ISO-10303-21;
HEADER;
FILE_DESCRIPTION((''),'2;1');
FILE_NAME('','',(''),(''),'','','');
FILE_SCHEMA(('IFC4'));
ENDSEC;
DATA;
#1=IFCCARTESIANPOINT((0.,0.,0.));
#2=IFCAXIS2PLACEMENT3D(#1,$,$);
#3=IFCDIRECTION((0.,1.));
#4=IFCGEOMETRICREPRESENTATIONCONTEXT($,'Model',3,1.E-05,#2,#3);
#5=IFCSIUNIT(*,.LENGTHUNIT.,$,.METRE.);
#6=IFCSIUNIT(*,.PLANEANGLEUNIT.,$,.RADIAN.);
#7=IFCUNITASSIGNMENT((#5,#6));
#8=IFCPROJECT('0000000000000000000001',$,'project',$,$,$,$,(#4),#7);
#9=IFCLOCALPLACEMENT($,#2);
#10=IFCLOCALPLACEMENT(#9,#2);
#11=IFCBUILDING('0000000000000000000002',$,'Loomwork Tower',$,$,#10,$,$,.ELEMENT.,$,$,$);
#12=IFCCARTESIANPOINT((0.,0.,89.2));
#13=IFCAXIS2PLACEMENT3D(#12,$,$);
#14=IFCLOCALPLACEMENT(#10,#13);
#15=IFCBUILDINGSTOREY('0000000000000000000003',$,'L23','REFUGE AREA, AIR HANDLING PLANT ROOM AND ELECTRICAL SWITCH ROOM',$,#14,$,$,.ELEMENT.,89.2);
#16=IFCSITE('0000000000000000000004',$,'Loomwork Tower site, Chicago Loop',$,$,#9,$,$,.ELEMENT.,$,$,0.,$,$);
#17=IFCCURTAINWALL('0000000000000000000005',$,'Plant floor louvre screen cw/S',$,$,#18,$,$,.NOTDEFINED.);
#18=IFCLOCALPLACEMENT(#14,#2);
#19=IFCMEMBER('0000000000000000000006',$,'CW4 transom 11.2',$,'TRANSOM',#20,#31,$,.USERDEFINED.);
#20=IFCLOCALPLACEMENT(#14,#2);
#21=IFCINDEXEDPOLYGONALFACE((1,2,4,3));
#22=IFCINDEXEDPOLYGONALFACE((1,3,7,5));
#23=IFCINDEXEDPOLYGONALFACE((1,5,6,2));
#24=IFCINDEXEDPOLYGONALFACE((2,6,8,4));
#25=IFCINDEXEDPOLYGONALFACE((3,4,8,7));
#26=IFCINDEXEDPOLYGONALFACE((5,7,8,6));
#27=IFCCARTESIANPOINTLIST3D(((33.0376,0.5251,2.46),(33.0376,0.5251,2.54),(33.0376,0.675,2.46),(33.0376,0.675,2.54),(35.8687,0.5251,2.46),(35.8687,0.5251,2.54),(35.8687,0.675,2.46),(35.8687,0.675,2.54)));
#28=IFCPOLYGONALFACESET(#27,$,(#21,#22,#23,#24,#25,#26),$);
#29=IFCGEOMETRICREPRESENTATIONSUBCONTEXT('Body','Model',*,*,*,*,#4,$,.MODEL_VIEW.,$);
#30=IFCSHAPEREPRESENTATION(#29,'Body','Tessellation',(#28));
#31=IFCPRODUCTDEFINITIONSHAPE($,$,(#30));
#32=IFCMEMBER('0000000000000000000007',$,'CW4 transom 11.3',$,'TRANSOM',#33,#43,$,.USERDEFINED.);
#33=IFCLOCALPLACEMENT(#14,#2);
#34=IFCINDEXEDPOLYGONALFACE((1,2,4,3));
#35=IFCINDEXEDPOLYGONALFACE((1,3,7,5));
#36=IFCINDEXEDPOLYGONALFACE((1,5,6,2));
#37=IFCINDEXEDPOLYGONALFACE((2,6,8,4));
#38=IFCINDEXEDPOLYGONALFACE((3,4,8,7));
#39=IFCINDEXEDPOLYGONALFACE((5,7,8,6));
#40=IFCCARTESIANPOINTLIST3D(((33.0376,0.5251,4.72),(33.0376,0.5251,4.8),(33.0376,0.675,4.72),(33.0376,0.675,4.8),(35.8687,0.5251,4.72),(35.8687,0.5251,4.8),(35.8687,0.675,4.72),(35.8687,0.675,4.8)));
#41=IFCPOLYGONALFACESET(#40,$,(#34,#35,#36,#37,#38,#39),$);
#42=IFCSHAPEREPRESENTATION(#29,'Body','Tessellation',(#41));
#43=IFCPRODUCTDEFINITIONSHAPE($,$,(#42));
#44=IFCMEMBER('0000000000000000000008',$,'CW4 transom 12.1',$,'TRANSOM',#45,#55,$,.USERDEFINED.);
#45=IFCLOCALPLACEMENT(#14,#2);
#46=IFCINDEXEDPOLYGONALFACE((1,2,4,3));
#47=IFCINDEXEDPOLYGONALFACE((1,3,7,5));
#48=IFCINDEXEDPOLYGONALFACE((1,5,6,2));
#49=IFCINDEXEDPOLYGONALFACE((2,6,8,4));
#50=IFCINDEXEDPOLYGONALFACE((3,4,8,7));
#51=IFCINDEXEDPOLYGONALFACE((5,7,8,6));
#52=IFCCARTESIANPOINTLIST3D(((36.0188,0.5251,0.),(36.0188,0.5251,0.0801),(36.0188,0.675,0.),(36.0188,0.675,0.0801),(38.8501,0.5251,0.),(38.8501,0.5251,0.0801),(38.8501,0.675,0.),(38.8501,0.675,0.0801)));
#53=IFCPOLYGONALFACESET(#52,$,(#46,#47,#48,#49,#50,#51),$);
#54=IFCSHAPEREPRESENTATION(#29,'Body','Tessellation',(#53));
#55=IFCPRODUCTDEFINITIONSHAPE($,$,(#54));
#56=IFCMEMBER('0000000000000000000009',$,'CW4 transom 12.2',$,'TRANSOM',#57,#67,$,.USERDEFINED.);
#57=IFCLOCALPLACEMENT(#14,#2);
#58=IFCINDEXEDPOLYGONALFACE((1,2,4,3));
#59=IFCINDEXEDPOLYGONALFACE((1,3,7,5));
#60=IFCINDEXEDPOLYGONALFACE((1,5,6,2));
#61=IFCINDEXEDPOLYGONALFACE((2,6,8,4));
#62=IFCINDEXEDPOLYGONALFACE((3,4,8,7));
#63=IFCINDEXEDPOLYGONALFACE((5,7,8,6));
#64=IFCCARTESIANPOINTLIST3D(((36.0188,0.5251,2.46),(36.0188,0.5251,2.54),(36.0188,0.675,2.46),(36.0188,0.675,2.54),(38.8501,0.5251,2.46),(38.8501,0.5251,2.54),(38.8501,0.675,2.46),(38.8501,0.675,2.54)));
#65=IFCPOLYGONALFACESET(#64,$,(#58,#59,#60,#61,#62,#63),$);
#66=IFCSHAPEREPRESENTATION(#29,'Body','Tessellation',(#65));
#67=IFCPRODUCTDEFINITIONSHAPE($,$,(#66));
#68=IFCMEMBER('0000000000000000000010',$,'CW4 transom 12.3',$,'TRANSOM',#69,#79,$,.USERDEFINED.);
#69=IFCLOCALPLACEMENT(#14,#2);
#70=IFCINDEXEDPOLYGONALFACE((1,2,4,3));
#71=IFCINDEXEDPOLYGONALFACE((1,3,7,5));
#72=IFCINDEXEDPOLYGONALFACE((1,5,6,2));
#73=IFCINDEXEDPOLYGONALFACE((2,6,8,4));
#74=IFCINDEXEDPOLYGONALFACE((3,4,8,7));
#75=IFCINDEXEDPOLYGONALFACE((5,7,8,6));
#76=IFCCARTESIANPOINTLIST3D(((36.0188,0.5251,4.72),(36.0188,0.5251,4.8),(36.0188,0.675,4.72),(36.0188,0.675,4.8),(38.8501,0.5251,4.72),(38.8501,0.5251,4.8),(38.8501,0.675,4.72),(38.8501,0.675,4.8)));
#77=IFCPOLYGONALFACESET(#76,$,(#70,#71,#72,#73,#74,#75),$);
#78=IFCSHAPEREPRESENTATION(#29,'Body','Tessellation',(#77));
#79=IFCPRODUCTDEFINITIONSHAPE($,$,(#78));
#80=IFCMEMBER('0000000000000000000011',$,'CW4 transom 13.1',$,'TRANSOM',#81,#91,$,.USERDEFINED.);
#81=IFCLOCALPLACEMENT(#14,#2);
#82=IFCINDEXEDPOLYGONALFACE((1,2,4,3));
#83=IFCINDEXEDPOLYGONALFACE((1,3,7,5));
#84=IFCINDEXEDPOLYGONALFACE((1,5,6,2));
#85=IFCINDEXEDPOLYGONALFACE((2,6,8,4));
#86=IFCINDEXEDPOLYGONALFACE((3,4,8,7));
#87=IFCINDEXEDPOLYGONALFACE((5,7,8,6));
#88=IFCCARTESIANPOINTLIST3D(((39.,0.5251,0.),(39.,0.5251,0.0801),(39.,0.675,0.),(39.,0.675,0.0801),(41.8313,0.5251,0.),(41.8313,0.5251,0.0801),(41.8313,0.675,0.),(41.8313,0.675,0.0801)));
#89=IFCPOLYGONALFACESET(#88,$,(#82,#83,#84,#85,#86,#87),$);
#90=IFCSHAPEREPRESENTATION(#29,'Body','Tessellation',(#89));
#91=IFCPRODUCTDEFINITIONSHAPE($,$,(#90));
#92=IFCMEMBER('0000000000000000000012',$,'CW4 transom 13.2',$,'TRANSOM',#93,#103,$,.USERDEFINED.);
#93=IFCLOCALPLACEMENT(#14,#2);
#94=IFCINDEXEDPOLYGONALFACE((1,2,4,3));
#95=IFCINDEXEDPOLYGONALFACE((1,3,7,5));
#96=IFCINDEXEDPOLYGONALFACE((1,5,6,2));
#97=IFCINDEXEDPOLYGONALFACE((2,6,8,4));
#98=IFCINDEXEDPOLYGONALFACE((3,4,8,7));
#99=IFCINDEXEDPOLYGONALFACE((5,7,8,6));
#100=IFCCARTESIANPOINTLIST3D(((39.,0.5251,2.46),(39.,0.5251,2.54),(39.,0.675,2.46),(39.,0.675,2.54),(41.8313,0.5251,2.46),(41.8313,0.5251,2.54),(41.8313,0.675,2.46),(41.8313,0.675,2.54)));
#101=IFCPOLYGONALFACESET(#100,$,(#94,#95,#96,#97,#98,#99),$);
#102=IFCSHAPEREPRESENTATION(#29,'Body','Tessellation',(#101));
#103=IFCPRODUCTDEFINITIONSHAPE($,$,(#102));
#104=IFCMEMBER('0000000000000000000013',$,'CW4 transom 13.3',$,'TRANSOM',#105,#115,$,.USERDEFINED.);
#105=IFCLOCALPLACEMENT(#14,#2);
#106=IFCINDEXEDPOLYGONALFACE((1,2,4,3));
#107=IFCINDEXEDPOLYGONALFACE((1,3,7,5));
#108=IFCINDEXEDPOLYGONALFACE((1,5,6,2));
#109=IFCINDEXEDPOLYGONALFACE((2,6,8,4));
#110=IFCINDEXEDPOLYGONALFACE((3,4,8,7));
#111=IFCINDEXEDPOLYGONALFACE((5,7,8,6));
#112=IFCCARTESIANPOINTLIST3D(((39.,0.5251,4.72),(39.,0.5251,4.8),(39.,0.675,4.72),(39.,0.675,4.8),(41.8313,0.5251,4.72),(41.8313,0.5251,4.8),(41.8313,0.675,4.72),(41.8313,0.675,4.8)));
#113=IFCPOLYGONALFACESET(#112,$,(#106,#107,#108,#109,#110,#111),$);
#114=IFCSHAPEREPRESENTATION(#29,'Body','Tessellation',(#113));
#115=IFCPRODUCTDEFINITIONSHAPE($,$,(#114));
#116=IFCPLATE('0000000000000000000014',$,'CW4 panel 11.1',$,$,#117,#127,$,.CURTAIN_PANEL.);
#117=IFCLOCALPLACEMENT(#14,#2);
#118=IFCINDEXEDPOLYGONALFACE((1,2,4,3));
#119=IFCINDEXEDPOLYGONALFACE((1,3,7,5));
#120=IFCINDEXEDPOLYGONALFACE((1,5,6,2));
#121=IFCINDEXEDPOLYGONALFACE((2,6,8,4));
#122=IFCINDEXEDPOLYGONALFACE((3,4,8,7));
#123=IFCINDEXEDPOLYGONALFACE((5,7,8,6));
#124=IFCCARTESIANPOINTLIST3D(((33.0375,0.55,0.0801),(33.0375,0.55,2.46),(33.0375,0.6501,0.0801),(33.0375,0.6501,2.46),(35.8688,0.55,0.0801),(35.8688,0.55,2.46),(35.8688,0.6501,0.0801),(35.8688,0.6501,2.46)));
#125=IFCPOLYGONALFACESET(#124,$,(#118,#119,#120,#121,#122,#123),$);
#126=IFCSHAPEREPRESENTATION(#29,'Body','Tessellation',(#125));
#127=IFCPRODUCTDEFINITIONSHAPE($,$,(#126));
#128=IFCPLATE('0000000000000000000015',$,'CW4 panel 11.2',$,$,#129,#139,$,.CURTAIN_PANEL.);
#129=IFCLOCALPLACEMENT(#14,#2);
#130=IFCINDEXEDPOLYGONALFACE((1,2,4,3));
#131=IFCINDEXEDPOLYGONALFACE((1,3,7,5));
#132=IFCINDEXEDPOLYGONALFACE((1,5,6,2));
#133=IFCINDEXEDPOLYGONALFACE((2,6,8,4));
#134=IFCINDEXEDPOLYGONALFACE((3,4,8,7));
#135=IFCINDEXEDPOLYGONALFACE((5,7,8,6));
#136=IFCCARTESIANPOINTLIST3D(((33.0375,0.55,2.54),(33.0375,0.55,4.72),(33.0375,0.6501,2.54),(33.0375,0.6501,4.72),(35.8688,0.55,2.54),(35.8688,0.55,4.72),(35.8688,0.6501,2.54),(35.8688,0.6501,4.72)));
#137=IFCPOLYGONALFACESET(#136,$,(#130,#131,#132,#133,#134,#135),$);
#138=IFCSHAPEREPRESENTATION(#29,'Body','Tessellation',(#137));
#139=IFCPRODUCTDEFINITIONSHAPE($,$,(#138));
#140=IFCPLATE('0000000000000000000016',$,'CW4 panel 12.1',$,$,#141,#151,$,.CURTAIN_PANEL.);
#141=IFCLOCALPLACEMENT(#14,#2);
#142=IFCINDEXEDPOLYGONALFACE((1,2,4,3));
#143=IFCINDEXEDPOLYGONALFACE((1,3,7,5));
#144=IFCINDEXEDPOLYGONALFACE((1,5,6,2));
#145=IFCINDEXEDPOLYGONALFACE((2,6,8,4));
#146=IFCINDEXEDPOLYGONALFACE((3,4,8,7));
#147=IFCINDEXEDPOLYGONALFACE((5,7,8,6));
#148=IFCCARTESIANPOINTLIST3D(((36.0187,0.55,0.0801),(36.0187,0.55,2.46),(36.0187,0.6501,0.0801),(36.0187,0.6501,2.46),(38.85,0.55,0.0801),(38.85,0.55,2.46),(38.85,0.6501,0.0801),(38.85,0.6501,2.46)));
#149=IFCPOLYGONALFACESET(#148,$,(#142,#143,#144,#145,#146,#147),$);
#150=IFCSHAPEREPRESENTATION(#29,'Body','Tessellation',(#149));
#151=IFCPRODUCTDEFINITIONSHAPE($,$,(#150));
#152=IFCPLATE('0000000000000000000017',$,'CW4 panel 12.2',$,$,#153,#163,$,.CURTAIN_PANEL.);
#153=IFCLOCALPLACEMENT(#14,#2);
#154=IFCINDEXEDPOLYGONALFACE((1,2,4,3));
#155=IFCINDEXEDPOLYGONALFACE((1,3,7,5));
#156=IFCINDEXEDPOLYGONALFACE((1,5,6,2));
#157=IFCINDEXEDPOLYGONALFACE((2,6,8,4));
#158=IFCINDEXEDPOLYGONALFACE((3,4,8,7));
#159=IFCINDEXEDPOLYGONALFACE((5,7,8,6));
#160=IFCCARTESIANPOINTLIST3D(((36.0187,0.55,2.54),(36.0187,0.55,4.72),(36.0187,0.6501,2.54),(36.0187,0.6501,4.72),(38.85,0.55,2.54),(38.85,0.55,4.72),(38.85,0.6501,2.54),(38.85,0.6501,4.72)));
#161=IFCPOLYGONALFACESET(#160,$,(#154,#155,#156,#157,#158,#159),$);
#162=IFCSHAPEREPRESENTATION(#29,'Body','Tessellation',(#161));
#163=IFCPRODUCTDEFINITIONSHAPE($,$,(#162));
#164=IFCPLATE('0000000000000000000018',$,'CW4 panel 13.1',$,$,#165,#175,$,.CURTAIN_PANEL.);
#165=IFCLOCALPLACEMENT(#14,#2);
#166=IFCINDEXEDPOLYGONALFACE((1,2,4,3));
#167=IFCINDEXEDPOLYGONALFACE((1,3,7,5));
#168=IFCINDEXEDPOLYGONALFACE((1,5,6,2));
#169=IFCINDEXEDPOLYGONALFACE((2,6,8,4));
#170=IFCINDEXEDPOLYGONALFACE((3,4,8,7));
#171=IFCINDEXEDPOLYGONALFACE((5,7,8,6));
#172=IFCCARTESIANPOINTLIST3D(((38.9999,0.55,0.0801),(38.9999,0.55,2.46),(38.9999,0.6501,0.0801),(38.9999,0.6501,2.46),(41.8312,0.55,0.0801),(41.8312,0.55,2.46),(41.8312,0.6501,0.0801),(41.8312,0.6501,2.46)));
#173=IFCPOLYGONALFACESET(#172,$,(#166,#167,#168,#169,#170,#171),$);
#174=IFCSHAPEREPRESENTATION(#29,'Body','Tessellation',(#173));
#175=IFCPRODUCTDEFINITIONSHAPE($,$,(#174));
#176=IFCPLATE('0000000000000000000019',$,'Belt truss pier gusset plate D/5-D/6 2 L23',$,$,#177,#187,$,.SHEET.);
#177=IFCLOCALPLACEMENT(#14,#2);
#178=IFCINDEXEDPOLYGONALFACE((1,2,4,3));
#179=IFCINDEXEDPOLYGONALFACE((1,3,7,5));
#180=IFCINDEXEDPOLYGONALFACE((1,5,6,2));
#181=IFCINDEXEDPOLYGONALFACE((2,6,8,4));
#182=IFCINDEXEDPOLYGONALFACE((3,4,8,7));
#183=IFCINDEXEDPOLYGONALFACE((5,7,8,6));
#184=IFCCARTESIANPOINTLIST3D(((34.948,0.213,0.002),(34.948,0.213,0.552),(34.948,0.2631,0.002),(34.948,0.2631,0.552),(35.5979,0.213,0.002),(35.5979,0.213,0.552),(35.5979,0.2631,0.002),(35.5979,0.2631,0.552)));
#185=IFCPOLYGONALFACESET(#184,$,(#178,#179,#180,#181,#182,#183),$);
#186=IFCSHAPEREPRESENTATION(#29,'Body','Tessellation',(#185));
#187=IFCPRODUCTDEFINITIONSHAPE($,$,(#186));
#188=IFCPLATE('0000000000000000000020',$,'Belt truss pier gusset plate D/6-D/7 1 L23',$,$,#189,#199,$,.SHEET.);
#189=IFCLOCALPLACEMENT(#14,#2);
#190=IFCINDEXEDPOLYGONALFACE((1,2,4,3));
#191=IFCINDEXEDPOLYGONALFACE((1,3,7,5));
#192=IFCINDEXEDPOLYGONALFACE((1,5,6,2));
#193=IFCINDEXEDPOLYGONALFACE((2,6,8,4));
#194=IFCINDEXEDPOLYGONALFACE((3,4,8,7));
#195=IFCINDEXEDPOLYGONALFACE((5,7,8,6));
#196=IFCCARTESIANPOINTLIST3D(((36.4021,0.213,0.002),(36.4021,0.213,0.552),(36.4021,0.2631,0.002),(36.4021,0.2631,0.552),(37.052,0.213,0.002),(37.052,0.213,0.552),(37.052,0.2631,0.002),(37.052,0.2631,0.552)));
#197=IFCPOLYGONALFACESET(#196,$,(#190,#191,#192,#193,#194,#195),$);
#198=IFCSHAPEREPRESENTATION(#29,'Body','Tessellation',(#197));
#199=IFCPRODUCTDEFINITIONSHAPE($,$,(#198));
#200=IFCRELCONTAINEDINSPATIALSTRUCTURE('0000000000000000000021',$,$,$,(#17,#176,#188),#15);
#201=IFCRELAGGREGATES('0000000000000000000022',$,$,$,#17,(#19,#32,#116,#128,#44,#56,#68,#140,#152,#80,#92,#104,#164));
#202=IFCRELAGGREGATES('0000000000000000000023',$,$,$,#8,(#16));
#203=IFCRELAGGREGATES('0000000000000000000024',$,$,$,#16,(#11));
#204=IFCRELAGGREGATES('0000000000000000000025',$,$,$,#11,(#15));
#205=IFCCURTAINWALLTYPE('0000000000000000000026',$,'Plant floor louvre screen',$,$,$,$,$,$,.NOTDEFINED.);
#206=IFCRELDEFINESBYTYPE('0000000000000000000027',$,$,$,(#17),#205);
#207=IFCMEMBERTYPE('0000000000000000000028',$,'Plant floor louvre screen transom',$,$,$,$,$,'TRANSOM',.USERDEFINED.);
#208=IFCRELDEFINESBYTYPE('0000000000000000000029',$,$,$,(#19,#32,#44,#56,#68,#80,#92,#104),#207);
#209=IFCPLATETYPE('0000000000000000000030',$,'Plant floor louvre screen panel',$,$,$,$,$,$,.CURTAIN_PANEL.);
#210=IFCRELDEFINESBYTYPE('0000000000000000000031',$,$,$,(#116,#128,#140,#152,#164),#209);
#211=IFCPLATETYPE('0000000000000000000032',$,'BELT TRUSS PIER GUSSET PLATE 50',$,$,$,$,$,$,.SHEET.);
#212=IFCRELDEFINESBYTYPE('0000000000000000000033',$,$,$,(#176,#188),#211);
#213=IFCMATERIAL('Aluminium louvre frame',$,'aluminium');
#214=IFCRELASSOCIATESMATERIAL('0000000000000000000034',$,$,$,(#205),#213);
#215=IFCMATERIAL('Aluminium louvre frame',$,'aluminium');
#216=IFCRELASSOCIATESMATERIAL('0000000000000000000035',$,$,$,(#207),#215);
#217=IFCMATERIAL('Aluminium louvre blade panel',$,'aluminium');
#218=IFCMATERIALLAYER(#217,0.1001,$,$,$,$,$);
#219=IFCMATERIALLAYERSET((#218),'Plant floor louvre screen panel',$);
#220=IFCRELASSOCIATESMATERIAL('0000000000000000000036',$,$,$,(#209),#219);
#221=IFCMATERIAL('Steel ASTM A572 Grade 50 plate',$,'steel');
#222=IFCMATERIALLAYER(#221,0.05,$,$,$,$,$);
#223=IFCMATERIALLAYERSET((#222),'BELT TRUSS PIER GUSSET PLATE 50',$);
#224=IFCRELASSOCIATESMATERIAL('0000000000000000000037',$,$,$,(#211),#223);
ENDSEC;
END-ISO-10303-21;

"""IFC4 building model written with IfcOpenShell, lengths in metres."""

from ifc_helpers import new_model, si_unit, direction, frame, origin, origin_2d, place, context, subcontext, project, spatial, rectangle, extrude, material, layer, layer_set, material_profile, profile_set, type_object, element, aggregate, save


model = new_model("IFC4")

# Units and contexts
model_context = context("Model", 3, precision=1e-05, world=origin(), true_north=direction((0.0, 1.0)))
body_context = subcontext(model_context, "Body", "Model", "MODEL_VIEW")
ifc_project = project(units=[si_unit("LENGTHUNIT", "METRE"), si_unit("PLANEANGLEUNIT", "RADIAN")], contexts=[model_context])

# Site, building, storey
site_placement = place(None, origin())
site = spatial("IfcSite", under=ifc_project, at=site_placement, Name="Loomwork Tower site, Chicago Loop", CompositionType="ELEMENT", RefElevation=0.0)
building_placement = place(site_placement, origin())
building = spatial("IfcBuilding", under=site, at=building_placement, Name="Loomwork Tower", CompositionType="ELEMENT")
storey_placement = place(building_placement, frame((0.0, 0.0, 89.2)))
storey = spatial("IfcBuildingStorey", under=building, at=storey_placement, Name="L23", Description="REFUGE AREA, AIR HANDLING PLANT ROOM AND ELECTRICAL SWITCH ROOM", CompositionType="ELEMENT", Elevation=89.2)

# Curtain wall, members, plates
ifc_material_1 = material(Name="Aluminium louvre frame", Category="aluminium")
curtain_wall_type = type_object("IfcCurtainWallType", Name="Plant floor louvre screen", PredefinedType="NOTDEFINED", material=ifc_material_1)
curtain_wall_placement = place(storey_placement, origin())
curtain_wall = element("IfcCurtainWall", 1, at=curtain_wall_placement, inside=storey, type_object=curtain_wall_type, Name="Plant floor louvre screen cw/S", PredefinedType="NOTDEFINED")
ifc_material_2 = material(Name="Aluminium louvre frame", Category="aluminium")
ifc_material_profile_1 = material_profile(ifc_material_2, rectangle(XDim=0.1499, YDim=0.0801, at=origin_2d()), Name="AL 80x150")
ifc_profile_set_1 = profile_set([ifc_material_profile_1], Name="Aluminium louvre frame")
member_type_1 = type_object("IfcMemberType", Name="Plant floor louvre screen transom", ElementType="TRANSOM", PredefinedType="USERDEFINED", material=ifc_profile_set_1)
member_1_placement = place(storey_placement, frame((33.0376, 0.6001, 2.5), z_axis=(1.0, 0.0, 0.0), x_axis=(0.0, 1.0, 0.0)))
member_1 = element("IfcMember", 2, at=member_1_placement, type_object=member_type_1, Name="CW4 transom 11.2", ObjectType="TRANSOM", PredefinedType="USERDEFINED", context=body_context, shape_type="SweptSolid", body=[
    extrude(rectangle(XDim=0.1499, YDim=0.0801, at=origin_2d()), origin(), (0.0, 0.0, 1.0), 2.8311),
])
member_2_placement = place(storey_placement, frame((33.0376, 0.6001, 4.76), z_axis=(1.0, 0.0, 0.0), x_axis=(0.0, 1.0, 0.0)))
member_2 = element("IfcMember", 3, at=member_2_placement, type_object=member_type_1, Name="CW4 transom 11.3", ObjectType="TRANSOM", PredefinedType="USERDEFINED", context=body_context, shape_type="SweptSolid", body=[
    extrude(rectangle(XDim=0.1499, YDim=0.0801, at=origin_2d()), origin(), (0.0, 0.0, 1.0), 2.8311),
])
member_3_placement = place(storey_placement, frame((36.0188, 0.6001, 0.04), z_axis=(1.0, 0.0, 0.0), x_axis=(0.0, 1.0, 0.0)))
member_3 = element("IfcMember", 4, at=member_3_placement, type_object=member_type_1, Name="CW4 transom 12.1", ObjectType="TRANSOM", PredefinedType="USERDEFINED", context=body_context, shape_type="SweptSolid", body=[
    extrude(rectangle(XDim=0.1499, YDim=0.0801, at=origin_2d()), origin(), (0.0, 0.0, 1.0), 2.8313),
])
member_4_placement = place(storey_placement, frame((36.0188, 0.6001, 2.5), z_axis=(1.0, 0.0, 0.0), x_axis=(0.0, 1.0, 0.0)))
member_4 = element("IfcMember", 5, at=member_4_placement, type_object=member_type_1, Name="CW4 transom 12.2", ObjectType="TRANSOM", PredefinedType="USERDEFINED", context=body_context, shape_type="SweptSolid", body=[
    extrude(rectangle(XDim=0.1499, YDim=0.0801, at=origin_2d()), origin(), (0.0, 0.0, 1.0), 2.8313),
])
member_5_placement = place(storey_placement, frame((36.0188, 0.6001, 4.76), z_axis=(1.0, 0.0, 0.0), x_axis=(0.0, 1.0, 0.0)))
member_5 = element("IfcMember", 6, at=member_5_placement, type_object=member_type_1, Name="CW4 transom 12.3", ObjectType="TRANSOM", PredefinedType="USERDEFINED", context=body_context, shape_type="SweptSolid", body=[
    extrude(rectangle(XDim=0.1499, YDim=0.0801, at=origin_2d()), origin(), (0.0, 0.0, 1.0), 2.8313),
])
member_6_placement = place(storey_placement, frame((39.0, 0.6001, 0.04), z_axis=(1.0, 0.0, 0.0), x_axis=(0.0, 1.0, 0.0)))
member_6 = element("IfcMember", 7, at=member_6_placement, type_object=member_type_1, Name="CW4 transom 13.1", ObjectType="TRANSOM", PredefinedType="USERDEFINED", context=body_context, shape_type="SweptSolid", body=[
    extrude(rectangle(XDim=0.1499, YDim=0.0801, at=origin_2d()), origin(), (0.0, 0.0, 1.0), 2.8313),
])
member_7_placement = place(storey_placement, frame((39.0, 0.6001, 2.5), z_axis=(1.0, 0.0, 0.0), x_axis=(0.0, 1.0, 0.0)))
member_7 = element("IfcMember", 8, at=member_7_placement, type_object=member_type_1, Name="CW4 transom 13.2", ObjectType="TRANSOM", PredefinedType="USERDEFINED", context=body_context, shape_type="SweptSolid", body=[
    extrude(rectangle(XDim=0.1499, YDim=0.0801, at=origin_2d()), origin(), (0.0, 0.0, 1.0), 2.8313),
])
member_8_placement = place(storey_placement, frame((39.0, 0.6001, 4.76), z_axis=(1.0, 0.0, 0.0), x_axis=(0.0, 1.0, 0.0)))
member_8 = element("IfcMember", 9, at=member_8_placement, type_object=member_type_1, Name="CW4 transom 13.3", ObjectType="TRANSOM", PredefinedType="USERDEFINED", context=body_context, shape_type="SweptSolid", body=[
    extrude(rectangle(XDim=0.1499, YDim=0.0801, at=origin_2d()), origin(), (0.0, 0.0, 1.0), 2.8313),
])
ifc_material_3 = material(Name="Aluminium louvre blade panel", Category="aluminium")
ifc_layer_1 = layer(ifc_material_3, 0.1001)
ifc_layer_set_1 = layer_set([ifc_layer_1], Name="Plant floor louvre screen panel")
plate_type_1 = type_object("IfcPlateType", Name="Plant floor louvre screen panel", PredefinedType="CURTAIN_PANEL", material=ifc_layer_set_1)
plate_1_placement = place(storey_placement, frame((34.4531, 0.6001, 0.0801), z_axis=(0.0, 0.0, 1.0), x_axis=(1.0, 0.0, 0.0)))
plate_1 = element("IfcPlate", 10, at=plate_1_placement, type_object=plate_type_1, Name="CW4 panel 11.1", PredefinedType="CURTAIN_PANEL", context=body_context, shape_type="SweptSolid", body=[
    extrude(rectangle(XDim=2.8313, YDim=0.1001, at=origin_2d()), origin(), (0.0, 0.0, 1.0), 2.3799),
])
plate_2_placement = place(storey_placement, frame((34.4531, 0.6001, 2.54), z_axis=(0.0, 0.0, 1.0), x_axis=(1.0, 0.0, 0.0)))
plate_2 = element("IfcPlate", 11, at=plate_2_placement, type_object=plate_type_1, Name="CW4 panel 11.2", PredefinedType="CURTAIN_PANEL", context=body_context, shape_type="SweptSolid", body=[
    extrude(rectangle(XDim=2.8313, YDim=0.1001, at=origin_2d()), origin(), (0.0, 0.0, 1.0), 2.1799),
])
plate_3_placement = place(storey_placement, frame((37.4343, 0.6001, 0.0801), z_axis=(0.0, 0.0, 1.0), x_axis=(1.0, 0.0, 0.0)))
plate_3 = element("IfcPlate", 12, at=plate_3_placement, type_object=plate_type_1, Name="CW4 panel 12.1", PredefinedType="CURTAIN_PANEL", context=body_context, shape_type="SweptSolid", body=[
    extrude(rectangle(XDim=2.8313, YDim=0.1001, at=origin_2d()), origin(), (0.0, 0.0, 1.0), 2.3799),
])
plate_4_placement = place(storey_placement, frame((37.4343, 0.6001, 2.54), z_axis=(0.0, 0.0, 1.0), x_axis=(1.0, 0.0, 0.0)))
plate_4 = element("IfcPlate", 13, at=plate_4_placement, type_object=plate_type_1, Name="CW4 panel 12.2", PredefinedType="CURTAIN_PANEL", context=body_context, shape_type="SweptSolid", body=[
    extrude(rectangle(XDim=2.8313, YDim=0.1001, at=origin_2d()), origin(), (0.0, 0.0, 1.0), 2.1799),
])
plate_5_placement = place(storey_placement, frame((40.4155, 0.6001, 0.0801), z_axis=(0.0, 0.0, 1.0), x_axis=(1.0, 0.0, 0.0)))
plate_5 = element("IfcPlate", 14, at=plate_5_placement, type_object=plate_type_1, Name="CW4 panel 13.1", PredefinedType="CURTAIN_PANEL", context=body_context, shape_type="SweptSolid", body=[
    extrude(rectangle(XDim=2.8313, YDim=0.1001, at=origin_2d()), origin(), (0.0, 0.0, 1.0), 2.3799),
])
aggregate(curtain_wall, [member_1, member_2, plate_1, plate_2, member_3, member_4, member_5, plate_3, plate_4, member_6, member_7, member_8, plate_5])

# Plates
ifc_material_4 = material(Name="Steel ASTM A572 Grade 50 plate", Category="steel")
ifc_layer_2 = layer(ifc_material_4, 0.05)
ifc_layer_set_2 = layer_set([ifc_layer_2], Name="BELT TRUSS PIER GUSSET PLATE 50")
plate_type_2 = type_object("IfcPlateType", Name="BELT TRUSS PIER GUSSET PLATE 50", PredefinedType="SHEET", material=ifc_layer_set_2)
for number, where, z_axis, x_axis, name in (
    (15, (35.2729, 0.238, 0.002), (0.0, 0.0, 1.0), (1.0, 0.0, 0.0), "Belt truss pier gusset plate D/5-D/6 2 L23"),
    (16, (36.7271, 0.238, 0.002), (0.0, 0.0, 1.0), (1.0, 0.0, 0.0), "Belt truss pier gusset plate D/6-D/7 1 L23"),
):
    element("IfcPlate", number, at=place(storey_placement, frame(where, z_axis=z_axis, x_axis=x_axis)), inside=storey, type_object=plate_type_2, Name=name, PredefinedType="SHEET", context=body_context, shape_type="SweptSolid", body=[
        extrude(rectangle(XDim=0.6499, YDim=0.05, at=origin_2d()), origin(), (0.0, 0.0, 1.0), 0.55),
    ])

save(model, "model.ifc")
